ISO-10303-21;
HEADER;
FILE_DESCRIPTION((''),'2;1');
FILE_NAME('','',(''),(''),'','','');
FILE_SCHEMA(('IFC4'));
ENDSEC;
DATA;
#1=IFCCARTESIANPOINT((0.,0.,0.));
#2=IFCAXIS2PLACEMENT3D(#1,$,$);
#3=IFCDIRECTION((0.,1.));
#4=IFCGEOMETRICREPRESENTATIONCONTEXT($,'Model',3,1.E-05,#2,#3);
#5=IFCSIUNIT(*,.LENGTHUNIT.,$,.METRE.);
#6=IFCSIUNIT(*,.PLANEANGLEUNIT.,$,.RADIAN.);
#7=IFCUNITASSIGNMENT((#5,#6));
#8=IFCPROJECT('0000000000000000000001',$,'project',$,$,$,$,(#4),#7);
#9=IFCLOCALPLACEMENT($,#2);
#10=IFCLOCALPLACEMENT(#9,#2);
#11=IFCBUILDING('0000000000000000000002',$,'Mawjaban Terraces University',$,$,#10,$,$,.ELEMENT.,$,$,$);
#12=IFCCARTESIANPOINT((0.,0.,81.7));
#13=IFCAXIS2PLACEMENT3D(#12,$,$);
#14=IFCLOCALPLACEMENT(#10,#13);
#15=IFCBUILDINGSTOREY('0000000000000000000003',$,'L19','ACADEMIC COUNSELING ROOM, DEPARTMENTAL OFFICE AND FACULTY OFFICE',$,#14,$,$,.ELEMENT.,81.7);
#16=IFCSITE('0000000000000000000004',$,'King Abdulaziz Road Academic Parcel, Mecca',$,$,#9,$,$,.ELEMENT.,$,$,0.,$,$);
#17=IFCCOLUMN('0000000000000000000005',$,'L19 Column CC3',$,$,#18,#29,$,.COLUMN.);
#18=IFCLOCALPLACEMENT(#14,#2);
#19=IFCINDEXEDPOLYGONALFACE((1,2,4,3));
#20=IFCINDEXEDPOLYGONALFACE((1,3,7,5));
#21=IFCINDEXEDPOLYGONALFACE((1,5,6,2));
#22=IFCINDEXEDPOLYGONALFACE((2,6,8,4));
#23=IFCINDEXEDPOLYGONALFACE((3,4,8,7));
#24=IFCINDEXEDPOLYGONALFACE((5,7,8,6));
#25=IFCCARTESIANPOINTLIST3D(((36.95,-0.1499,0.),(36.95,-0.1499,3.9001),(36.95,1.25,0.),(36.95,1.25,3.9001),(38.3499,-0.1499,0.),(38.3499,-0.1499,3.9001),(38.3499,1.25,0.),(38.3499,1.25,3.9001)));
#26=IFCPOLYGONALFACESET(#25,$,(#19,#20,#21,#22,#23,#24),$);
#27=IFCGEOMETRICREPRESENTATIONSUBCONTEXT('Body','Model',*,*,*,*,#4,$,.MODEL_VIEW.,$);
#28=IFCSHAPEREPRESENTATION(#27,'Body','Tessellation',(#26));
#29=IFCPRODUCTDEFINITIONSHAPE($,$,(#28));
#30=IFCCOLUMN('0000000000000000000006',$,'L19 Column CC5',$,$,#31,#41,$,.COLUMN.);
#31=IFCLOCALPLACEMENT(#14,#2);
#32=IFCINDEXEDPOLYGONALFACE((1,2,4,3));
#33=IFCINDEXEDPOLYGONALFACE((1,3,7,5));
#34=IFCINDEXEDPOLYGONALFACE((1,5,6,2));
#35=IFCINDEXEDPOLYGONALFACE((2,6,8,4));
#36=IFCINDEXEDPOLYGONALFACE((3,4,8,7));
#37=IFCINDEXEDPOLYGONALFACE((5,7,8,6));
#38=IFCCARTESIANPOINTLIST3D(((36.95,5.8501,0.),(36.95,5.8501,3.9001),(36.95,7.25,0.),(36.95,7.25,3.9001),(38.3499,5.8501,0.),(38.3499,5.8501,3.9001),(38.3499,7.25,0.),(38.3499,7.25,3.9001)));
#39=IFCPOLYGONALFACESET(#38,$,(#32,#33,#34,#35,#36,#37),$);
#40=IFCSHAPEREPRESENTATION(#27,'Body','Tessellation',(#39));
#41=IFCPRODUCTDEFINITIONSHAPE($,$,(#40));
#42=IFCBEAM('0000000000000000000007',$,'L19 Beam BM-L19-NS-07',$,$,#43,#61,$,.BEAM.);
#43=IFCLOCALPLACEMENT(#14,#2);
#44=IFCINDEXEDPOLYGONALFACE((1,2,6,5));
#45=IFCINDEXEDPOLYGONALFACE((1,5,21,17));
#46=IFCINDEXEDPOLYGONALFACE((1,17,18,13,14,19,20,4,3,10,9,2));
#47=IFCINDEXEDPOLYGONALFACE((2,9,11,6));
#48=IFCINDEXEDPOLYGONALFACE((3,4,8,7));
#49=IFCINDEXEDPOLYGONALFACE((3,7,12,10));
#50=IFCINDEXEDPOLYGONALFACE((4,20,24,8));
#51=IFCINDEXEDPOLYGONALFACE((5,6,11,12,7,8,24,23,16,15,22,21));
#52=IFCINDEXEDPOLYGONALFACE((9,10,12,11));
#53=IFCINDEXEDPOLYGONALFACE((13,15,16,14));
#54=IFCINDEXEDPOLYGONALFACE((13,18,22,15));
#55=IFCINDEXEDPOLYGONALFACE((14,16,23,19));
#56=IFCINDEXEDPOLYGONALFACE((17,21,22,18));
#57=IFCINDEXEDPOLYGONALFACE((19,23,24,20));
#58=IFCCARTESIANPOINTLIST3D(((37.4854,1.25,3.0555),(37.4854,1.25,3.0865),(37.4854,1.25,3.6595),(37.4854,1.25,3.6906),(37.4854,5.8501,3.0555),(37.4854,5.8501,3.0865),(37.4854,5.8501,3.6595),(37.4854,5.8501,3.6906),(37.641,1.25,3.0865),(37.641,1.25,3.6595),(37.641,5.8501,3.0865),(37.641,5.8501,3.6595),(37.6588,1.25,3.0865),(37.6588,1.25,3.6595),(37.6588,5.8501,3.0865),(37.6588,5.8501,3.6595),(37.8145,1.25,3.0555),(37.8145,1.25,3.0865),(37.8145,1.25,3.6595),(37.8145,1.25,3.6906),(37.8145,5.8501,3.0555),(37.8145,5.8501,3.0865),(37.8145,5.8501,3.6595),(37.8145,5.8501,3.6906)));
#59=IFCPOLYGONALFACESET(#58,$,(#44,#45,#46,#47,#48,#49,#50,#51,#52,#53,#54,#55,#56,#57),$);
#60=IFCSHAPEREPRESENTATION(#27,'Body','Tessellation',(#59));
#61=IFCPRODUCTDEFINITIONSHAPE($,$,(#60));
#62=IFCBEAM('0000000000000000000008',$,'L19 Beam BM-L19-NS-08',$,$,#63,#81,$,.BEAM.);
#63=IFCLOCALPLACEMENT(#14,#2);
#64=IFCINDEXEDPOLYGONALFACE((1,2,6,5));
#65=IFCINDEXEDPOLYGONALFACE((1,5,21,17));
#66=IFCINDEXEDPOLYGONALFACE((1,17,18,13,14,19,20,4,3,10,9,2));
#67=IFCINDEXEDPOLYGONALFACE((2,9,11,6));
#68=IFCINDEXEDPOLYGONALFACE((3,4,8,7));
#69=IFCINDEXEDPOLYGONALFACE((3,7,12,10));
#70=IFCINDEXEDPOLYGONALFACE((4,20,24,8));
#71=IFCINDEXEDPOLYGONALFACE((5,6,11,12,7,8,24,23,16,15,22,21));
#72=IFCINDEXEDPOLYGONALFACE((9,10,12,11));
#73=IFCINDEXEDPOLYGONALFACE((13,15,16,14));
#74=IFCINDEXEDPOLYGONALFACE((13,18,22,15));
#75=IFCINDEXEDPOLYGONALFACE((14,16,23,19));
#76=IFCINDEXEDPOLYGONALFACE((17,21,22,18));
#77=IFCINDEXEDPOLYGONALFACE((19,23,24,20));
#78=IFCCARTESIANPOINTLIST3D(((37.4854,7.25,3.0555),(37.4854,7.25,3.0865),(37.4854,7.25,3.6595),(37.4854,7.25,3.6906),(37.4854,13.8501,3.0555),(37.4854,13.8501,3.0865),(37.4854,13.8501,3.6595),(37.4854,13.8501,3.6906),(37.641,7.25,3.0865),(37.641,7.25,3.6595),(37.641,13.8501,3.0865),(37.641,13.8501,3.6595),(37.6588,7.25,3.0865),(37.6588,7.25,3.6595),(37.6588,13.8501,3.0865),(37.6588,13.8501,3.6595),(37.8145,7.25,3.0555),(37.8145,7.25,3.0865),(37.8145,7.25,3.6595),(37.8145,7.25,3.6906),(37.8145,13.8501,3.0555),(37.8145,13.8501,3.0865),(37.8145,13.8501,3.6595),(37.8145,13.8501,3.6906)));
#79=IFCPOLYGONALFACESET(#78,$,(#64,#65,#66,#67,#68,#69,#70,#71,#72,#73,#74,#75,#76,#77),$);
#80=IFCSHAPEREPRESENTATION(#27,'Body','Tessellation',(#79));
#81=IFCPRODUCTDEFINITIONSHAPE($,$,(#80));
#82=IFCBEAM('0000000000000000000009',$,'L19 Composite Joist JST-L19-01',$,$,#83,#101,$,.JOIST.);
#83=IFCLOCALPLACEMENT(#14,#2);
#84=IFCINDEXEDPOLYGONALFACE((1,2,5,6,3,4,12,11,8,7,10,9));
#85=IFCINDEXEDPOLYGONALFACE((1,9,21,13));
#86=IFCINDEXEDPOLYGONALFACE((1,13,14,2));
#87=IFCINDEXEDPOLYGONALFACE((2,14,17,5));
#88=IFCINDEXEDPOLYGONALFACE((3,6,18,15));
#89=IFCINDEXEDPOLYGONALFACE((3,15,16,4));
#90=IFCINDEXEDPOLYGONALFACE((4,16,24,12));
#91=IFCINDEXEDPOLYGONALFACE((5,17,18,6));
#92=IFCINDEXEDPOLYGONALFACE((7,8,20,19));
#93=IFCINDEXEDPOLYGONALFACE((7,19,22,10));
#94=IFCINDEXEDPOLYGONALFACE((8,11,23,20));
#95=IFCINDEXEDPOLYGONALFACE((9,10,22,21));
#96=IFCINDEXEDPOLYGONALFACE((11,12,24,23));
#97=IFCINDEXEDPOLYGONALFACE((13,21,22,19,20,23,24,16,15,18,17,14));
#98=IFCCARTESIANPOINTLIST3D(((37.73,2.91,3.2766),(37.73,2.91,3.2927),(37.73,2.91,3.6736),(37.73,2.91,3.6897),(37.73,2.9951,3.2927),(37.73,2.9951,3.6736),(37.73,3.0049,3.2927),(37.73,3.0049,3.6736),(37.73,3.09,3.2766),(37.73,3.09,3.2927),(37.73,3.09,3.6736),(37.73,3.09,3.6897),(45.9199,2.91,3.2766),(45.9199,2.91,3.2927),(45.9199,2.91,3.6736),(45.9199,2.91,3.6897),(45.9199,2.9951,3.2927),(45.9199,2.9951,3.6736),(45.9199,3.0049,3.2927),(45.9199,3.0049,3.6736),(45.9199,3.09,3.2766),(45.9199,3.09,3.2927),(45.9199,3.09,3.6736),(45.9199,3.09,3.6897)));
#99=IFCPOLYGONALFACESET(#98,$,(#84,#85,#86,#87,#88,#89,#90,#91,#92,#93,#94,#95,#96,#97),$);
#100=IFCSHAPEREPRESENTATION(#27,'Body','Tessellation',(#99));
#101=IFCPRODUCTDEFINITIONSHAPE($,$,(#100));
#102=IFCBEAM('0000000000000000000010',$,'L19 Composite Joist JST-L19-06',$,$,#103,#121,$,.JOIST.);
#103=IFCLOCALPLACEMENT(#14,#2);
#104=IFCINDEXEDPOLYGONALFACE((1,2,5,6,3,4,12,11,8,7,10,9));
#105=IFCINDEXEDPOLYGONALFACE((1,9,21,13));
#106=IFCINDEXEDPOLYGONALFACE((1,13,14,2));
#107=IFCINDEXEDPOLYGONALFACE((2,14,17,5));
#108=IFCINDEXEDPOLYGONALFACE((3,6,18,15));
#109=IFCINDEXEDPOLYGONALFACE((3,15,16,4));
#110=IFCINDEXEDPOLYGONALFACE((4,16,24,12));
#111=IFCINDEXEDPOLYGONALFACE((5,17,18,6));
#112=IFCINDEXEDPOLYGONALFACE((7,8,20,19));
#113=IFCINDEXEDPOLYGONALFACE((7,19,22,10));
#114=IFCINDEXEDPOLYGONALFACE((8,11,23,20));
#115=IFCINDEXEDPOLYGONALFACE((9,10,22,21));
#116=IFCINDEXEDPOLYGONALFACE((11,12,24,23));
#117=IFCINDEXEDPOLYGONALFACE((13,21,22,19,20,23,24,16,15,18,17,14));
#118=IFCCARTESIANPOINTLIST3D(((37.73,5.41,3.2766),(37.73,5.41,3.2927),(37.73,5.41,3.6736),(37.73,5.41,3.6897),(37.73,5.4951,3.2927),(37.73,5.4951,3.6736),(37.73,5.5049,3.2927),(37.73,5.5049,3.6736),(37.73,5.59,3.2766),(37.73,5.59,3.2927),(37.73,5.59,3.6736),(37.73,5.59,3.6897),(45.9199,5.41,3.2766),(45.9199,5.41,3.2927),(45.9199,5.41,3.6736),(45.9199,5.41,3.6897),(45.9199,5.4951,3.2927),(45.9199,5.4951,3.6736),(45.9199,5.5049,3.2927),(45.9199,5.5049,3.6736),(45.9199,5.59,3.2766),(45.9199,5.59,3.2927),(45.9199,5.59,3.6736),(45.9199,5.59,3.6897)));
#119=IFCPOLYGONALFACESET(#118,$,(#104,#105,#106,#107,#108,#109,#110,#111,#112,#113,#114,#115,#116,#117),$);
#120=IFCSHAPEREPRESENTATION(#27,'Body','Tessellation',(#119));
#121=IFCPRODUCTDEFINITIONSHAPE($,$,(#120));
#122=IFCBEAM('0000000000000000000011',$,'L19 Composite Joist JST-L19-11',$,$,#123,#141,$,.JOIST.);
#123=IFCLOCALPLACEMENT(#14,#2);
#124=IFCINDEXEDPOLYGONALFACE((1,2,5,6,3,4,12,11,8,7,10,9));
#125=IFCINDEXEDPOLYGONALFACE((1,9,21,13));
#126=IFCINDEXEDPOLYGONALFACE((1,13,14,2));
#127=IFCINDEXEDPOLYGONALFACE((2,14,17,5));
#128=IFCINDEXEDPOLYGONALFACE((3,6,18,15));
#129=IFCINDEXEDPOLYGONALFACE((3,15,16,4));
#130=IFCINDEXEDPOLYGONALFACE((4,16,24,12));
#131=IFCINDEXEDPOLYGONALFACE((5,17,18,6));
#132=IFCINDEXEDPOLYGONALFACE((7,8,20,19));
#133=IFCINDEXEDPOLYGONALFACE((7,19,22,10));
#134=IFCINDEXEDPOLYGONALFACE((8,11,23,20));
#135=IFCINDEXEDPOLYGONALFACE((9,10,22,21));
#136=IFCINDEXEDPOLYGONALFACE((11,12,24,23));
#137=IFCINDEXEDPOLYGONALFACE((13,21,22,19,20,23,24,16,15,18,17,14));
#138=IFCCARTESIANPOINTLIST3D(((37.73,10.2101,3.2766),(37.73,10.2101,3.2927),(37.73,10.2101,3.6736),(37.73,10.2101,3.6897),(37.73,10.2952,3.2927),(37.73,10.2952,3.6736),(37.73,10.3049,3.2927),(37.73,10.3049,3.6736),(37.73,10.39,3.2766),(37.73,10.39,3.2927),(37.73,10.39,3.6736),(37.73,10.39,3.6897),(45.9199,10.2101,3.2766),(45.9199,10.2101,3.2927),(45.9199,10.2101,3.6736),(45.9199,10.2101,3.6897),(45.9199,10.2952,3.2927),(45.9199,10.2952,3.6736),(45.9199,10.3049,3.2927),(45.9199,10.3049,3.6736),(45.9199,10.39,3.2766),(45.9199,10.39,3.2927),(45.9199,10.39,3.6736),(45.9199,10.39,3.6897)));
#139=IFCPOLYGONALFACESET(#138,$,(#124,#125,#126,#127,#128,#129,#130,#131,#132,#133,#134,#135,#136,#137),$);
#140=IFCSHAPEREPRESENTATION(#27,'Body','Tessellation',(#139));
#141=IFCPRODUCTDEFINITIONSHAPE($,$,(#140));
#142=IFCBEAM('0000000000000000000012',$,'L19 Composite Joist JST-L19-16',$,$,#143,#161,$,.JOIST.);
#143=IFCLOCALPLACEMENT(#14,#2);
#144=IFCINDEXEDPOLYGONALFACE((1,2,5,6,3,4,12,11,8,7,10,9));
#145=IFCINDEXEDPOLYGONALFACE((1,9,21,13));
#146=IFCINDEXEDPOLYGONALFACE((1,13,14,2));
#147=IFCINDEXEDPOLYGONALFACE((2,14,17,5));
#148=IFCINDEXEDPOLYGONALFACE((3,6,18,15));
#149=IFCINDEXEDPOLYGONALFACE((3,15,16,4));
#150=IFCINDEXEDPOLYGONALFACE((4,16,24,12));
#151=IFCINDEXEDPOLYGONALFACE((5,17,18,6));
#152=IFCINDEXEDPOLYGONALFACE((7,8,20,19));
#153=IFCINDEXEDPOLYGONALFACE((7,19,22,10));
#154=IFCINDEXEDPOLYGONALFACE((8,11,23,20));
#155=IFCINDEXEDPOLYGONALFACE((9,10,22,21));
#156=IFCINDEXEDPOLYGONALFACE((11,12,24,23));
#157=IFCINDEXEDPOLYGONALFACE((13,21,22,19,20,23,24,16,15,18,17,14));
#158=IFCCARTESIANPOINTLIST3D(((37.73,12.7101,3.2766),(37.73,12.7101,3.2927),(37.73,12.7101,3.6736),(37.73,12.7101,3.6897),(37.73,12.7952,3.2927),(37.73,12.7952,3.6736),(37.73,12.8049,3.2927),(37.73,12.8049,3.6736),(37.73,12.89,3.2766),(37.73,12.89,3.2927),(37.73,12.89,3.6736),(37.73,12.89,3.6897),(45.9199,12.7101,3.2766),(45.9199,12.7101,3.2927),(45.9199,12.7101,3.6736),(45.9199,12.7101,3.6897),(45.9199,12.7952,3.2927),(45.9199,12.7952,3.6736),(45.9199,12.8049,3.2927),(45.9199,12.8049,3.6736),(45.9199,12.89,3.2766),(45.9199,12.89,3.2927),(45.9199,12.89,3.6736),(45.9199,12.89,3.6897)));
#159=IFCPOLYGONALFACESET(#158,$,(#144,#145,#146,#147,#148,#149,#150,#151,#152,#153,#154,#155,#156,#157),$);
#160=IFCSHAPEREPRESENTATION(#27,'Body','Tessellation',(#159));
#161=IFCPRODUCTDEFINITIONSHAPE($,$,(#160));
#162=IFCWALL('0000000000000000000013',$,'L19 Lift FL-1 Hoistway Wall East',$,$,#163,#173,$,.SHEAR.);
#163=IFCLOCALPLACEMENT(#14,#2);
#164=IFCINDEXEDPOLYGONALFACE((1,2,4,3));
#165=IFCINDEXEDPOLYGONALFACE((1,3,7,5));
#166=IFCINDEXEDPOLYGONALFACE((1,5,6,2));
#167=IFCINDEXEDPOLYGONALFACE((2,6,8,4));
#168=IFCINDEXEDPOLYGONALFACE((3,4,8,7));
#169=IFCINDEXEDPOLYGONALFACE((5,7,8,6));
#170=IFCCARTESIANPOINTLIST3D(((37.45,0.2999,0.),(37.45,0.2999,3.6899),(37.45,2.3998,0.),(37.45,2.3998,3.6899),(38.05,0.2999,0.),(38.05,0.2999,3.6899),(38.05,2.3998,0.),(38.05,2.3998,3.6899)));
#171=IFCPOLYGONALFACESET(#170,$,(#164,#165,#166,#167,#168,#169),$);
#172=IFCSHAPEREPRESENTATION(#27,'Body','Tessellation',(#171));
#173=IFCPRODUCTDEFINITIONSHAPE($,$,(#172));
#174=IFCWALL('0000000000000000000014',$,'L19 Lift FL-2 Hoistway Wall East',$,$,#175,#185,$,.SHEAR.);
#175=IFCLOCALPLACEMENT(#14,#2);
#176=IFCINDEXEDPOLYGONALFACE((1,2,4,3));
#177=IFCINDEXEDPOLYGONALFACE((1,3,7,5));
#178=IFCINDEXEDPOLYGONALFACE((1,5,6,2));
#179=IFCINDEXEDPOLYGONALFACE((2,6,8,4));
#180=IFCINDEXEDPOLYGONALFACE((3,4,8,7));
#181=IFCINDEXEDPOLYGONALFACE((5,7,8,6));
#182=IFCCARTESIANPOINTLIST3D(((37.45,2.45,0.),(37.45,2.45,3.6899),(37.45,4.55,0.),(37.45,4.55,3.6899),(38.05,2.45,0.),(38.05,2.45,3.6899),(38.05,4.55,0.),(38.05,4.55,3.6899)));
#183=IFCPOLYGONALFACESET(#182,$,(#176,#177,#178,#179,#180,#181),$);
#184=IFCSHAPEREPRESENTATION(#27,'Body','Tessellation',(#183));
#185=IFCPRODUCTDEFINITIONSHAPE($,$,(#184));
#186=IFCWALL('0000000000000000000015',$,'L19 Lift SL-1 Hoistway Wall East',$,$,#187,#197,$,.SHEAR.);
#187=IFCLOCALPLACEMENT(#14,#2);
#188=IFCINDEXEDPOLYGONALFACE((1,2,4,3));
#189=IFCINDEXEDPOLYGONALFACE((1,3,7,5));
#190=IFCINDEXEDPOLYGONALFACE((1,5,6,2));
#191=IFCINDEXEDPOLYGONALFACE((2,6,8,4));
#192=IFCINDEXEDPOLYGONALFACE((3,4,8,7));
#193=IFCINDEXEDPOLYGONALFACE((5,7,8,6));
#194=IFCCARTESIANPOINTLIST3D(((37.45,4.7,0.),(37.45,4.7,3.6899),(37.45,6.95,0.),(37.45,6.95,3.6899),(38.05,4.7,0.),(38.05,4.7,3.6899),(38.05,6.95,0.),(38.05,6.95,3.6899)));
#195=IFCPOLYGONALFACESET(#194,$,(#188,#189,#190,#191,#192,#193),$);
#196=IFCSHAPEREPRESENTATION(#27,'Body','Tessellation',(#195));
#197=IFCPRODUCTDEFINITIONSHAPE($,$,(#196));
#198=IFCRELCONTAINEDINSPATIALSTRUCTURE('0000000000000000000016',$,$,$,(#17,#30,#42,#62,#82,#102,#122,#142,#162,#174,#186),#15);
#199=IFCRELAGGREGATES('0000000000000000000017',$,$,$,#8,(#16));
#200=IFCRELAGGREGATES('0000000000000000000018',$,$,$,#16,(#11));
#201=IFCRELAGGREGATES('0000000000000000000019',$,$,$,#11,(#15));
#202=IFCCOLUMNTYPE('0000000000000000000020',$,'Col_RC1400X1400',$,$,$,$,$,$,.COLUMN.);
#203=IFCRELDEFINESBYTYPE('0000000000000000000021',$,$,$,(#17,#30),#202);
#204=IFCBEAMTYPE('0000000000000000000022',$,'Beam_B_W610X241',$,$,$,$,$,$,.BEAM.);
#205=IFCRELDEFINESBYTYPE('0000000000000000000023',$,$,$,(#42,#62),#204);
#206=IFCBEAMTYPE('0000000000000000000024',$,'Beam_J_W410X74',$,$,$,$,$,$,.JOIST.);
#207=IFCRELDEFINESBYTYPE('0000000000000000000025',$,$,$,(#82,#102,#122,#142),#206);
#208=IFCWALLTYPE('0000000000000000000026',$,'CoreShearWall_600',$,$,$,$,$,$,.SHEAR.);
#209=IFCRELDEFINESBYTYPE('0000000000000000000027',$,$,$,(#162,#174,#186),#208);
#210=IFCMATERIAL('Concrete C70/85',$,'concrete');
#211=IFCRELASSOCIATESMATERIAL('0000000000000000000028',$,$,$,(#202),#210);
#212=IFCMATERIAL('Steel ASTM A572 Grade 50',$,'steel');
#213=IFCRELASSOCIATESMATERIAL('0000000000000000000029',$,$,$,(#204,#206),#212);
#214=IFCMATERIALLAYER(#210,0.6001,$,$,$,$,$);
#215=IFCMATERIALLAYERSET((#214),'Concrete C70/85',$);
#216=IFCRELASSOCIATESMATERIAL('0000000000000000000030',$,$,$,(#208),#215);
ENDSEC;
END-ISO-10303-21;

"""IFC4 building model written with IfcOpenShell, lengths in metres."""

from ifc_helpers import new_model, si_unit, direction, frame, frame_2d, origin, origin_2d, place, context, subcontext, project, spatial, rectangle, i_section, extrude, material, layer, layer_set, material_profile, profile_set, type_object, element, save


model = new_model("IFC4")

# Units and contexts
model_context = context("Model", 3, precision=1e-05, world=origin(), true_north=direction((0.0, 1.0)))
body_context = subcontext(model_context, "Body", "Model", "MODEL_VIEW")
ifc_project = project(units=[si_unit("LENGTHUNIT", "METRE"), si_unit("PLANEANGLEUNIT", "RADIAN")], contexts=[model_context])

# Site, building, storey
site_placement = place(None, origin())
site = spatial("IfcSite", under=ifc_project, at=site_placement, Name="King Abdulaziz Road Academic Parcel, Mecca", CompositionType="ELEMENT", RefElevation=0.0)
building_placement = place(site_placement, origin())
building = spatial("IfcBuilding", under=site, at=building_placement, Name="Mawjaban Terraces University", CompositionType="ELEMENT")
storey_placement = place(building_placement, frame((0.0, 0.0, 81.7)))
storey = spatial("IfcBuildingStorey", under=building, at=storey_placement, Name="L19", Description="ACADEMIC COUNSELING ROOM, DEPARTMENTAL OFFICE AND FACULTY OFFICE", CompositionType="ELEMENT", Elevation=81.7)

# Columns
ifc_material_1 = material(Name="Concrete C70/85", Category="concrete")
ifc_material_profile_1 = material_profile(ifc_material_1, rectangle(XDim=1.3999, YDim=1.3999, at=origin_2d()), Name="RC1400X1400")
ifc_profile_set_1 = profile_set([ifc_material_profile_1], Name="Concrete C70/85")
column_type = type_object("IfcColumnType", Name="Col_RC1400X1400", PredefinedType="COLUMN", material=ifc_profile_set_1)
for number, where, z_axis, x_axis, name in (
    (1, (37.6499, 0.55, 0.0), (0.0, 0.0, 1.0), (1.0, 0.0, 0.0), "L19 Column CC3"),
    (2, (37.6499, 6.55, 0.0), (0.0, 0.0, 1.0), (1.0, 0.0, 0.0), "L19 Column CC5"),
):
    element("IfcColumn", number, at=place(storey_placement, frame(where, z_axis=z_axis, x_axis=x_axis)), inside=storey, type_object=column_type, Name=name, PredefinedType="COLUMN", context=body_context, shape_type="SweptSolid", body=[
        extrude(rectangle(XDim=1.3999, YDim=1.3999, at=origin_2d()), origin(), (0.0, 0.0, 1.0), 3.9001),
    ])

# Beams
ifc_material_2 = material(Name="Steel ASTM A572 Grade 50", Category="steel")
ifc_material_profile_2 = material_profile(ifc_material_2, i_section(OverallWidth=0.3291, OverallDepth=0.635, WebThickness=0.0178, FlangeThickness=0.031, at=origin_2d()), Name="W610X241")
ifc_profile_set_2 = profile_set([ifc_material_profile_2], Name="Steel ASTM A572 Grade 50")
beam_type_1 = type_object("IfcBeamType", Name="Beam_B_W610X241", PredefinedType="BEAM", material=ifc_profile_set_2)
beam_1_placement = place(storey_placement, frame((37.6499, 1.25, 3.373), z_axis=(0.0, 1.0, 0.0), x_axis=(-1.0, 0.0, 0.0)))
element("IfcBeam", 3, at=beam_1_placement, inside=storey, type_object=beam_type_1, Name="L19 Beam BM-L19-NS-07", PredefinedType="BEAM", context=body_context, shape_type="SweptSolid", body=[
    extrude(i_section(OverallWidth=0.3291, OverallDepth=0.635, WebThickness=0.0178, FlangeThickness=0.031, at=origin_2d()), origin(), (0.0, 0.0, 1.0), 4.6001),
])
beam_2_placement = place(storey_placement, frame((37.6499, 7.25, 3.373), z_axis=(0.0, 1.0, 0.0), x_axis=(-1.0, 0.0, 0.0)))
element("IfcBeam", 4, at=beam_2_placement, inside=storey, type_object=beam_type_1, Name="L19 Beam BM-L19-NS-08", PredefinedType="BEAM", context=body_context, shape_type="SweptSolid", body=[
    extrude(i_section(OverallWidth=0.3291, OverallDepth=0.635, WebThickness=0.0178, FlangeThickness=0.031, at=origin_2d()), origin(), (0.0, 0.0, 1.0), 6.6001),
])
ifc_material_profile_3 = material_profile(ifc_material_2, i_section(OverallWidth=0.1799, OverallDepth=0.4131, WebThickness=0.0098, FlangeThickness=0.0161, at=origin_2d()), Name="W410X74")
ifc_profile_set_3 = profile_set([ifc_material_profile_3], Name="Steel ASTM A572 Grade 50")
beam_type_2 = type_object("IfcBeamType", Name="Beam_J_W410X74", PredefinedType="JOIST", material=ifc_profile_set_3)
for number, where, z_axis, x_axis, name in (
    (5, (37.73, 3.0, 3.4832), (1.0, 0.0, 0.0), (0.0, 1.0, 0.0), "L19 Composite Joist JST-L19-01"),
    (6, (37.73, 5.5, 3.4832), (1.0, 0.0, 0.0), (0.0, 1.0, 0.0), "L19 Composite Joist JST-L19-06"),
    (7, (37.73, 10.3, 3.4832), (1.0, 0.0, 0.0), (0.0, 1.0, 0.0), "L19 Composite Joist JST-L19-11"),
    (8, (37.73, 12.8, 3.4832), (1.0, 0.0, 0.0), (0.0, 1.0, 0.0), "L19 Composite Joist JST-L19-16"),
):
    element("IfcBeam", number, at=place(storey_placement, frame(where, z_axis=z_axis, x_axis=x_axis)), inside=storey, type_object=beam_type_2, Name=name, PredefinedType="JOIST", context=body_context, shape_type="SweptSolid", body=[
        extrude(i_section(OverallWidth=0.1799, OverallDepth=0.4131, WebThickness=0.0098, FlangeThickness=0.0161, at=origin_2d()), origin(), (0.0, 0.0, 1.0), 8.1899),
    ])

# Walls
ifc_layer_1 = layer(ifc_material_1, 0.6001)
ifc_layer_set_1 = layer_set([ifc_layer_1], Name="Concrete C70/85")
wall_type_1 = type_object("IfcWallType", Name="CoreShearWall_600", PredefinedType="SHEAR", material=ifc_layer_set_1)
wall_1_placement = place(storey_placement, frame((37.75, 0.3, 0.0), z_axis=(0.0, 0.0, 1.0), x_axis=(0.0, 1.0, 0.0)))
element("IfcWall", 9, at=wall_1_placement, inside=storey, type_object=wall_type_1, Name="L19 Lift FL-1 Hoistway Wall East", PredefinedType="SHEAR", context=body_context, shape_type="SweptSolid", body=[
    extrude(rectangle(XDim=2.0999, YDim=0.6001, at=frame_2d((1.0498, 0.0))), origin(), (0.0, 0.0, 1.0), 3.6899),
])
wall_2_placement = place(storey_placement, frame((37.75, 2.45, 0.0), z_axis=(0.0, 0.0, 1.0), x_axis=(0.0, 1.0, 0.0)))
element("IfcWall", 10, at=wall_2_placement, inside=storey, type_object=wall_type_1, Name="L19 Lift FL-2 Hoistway Wall East", PredefinedType="SHEAR", context=body_context, shape_type="SweptSolid", body=[
    extrude(rectangle(XDim=2.1001, YDim=0.6001, at=frame_2d((1.05, 0.0))), origin(), (0.0, 0.0, 1.0), 3.6899),
])
wall_3_placement = place(storey_placement, frame((37.75, 4.7, 0.0), z_axis=(0.0, 0.0, 1.0), x_axis=(0.0, 1.0, 0.0)))
element("IfcWall", 11, at=wall_3_placement, inside=storey, type_object=wall_type_1, Name="L19 Lift SL-1 Hoistway Wall East", PredefinedType="SHEAR", context=body_context, shape_type="SweptSolid", body=[
    extrude(rectangle(XDim=2.25, YDim=0.6001, at=frame_2d((1.125, 0.0))), origin(), (0.0, 0.0, 1.0), 3.6899),
])

save(model, "model.ifc")
